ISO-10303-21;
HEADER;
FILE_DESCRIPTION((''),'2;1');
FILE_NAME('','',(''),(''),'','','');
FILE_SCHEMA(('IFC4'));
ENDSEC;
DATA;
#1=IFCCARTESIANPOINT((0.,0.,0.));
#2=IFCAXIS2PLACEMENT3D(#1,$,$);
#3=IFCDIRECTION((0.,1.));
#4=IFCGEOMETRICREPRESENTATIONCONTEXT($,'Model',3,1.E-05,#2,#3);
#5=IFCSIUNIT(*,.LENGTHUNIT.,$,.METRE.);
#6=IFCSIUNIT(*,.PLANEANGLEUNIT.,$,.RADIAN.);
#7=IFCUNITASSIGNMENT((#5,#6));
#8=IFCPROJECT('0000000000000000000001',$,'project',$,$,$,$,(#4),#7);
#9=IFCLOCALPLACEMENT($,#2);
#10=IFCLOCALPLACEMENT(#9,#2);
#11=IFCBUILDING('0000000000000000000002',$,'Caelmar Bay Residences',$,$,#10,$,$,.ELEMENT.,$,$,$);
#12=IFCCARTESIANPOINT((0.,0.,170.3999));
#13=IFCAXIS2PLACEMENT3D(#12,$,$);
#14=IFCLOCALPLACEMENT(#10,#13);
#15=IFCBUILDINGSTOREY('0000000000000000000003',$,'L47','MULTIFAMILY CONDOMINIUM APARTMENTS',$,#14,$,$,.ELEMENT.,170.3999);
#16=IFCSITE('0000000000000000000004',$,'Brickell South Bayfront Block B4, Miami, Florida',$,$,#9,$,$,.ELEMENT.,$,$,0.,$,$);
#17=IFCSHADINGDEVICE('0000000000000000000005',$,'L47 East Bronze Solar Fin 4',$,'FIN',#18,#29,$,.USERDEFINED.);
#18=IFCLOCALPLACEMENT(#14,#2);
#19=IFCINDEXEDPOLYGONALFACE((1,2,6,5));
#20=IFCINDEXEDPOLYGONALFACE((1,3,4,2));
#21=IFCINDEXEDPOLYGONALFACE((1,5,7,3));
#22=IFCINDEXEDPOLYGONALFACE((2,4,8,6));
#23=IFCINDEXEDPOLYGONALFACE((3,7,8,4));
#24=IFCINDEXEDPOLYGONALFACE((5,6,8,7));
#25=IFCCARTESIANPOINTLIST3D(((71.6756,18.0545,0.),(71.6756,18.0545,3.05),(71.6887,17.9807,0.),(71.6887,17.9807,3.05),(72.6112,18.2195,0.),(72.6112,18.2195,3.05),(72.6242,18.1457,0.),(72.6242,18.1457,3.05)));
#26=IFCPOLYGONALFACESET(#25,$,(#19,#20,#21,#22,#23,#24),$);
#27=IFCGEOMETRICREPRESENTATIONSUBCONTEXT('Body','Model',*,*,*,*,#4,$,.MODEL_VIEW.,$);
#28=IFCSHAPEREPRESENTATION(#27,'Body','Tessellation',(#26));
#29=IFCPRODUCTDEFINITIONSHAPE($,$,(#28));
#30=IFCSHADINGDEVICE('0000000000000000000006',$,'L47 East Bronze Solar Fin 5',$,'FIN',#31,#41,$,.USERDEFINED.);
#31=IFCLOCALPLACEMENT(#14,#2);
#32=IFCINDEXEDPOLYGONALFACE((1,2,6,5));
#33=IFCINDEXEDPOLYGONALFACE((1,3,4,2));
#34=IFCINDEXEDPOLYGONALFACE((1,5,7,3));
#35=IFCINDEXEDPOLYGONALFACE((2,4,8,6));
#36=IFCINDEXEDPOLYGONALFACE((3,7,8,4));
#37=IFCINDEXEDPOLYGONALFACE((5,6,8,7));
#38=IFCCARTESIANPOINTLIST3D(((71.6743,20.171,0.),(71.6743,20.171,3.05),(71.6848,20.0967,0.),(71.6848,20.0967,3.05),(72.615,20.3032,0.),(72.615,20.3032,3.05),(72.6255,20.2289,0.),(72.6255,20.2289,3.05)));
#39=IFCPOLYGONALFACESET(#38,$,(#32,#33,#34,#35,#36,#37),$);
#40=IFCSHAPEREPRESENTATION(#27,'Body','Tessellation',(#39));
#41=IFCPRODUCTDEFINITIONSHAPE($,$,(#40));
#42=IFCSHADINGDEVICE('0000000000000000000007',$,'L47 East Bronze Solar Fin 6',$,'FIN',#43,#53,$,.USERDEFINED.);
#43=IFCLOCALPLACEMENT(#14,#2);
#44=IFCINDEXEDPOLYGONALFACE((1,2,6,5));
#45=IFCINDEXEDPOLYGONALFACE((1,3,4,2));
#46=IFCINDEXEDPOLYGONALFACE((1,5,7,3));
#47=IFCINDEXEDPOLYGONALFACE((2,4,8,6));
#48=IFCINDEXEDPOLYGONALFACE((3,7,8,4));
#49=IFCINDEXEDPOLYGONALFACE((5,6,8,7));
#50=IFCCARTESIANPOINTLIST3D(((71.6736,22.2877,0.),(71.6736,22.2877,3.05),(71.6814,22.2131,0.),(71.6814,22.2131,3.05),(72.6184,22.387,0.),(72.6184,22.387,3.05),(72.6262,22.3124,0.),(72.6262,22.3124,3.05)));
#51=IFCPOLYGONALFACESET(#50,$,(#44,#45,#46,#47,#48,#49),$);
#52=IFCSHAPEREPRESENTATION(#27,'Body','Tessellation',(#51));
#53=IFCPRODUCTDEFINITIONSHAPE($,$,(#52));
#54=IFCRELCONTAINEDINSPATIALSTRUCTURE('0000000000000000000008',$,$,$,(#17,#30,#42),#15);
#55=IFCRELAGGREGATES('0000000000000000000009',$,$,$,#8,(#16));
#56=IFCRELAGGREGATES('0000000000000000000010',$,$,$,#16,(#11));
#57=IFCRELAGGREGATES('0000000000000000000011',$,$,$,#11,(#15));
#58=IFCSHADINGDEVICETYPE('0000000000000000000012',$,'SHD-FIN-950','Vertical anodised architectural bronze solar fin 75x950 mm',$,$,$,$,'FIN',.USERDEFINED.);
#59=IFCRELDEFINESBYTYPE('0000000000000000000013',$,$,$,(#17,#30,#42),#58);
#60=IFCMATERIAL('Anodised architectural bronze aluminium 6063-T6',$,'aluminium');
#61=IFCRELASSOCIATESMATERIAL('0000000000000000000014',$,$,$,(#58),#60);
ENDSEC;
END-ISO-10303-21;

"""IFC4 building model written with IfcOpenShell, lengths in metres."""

from ifc_helpers import new_model, si_unit, direction, frame, origin, origin_2d, place, context, subcontext, project, spatial, rectangle, extrude, material, material_profile, profile_set, type_object, element, save


model = new_model("IFC4")

# Units and contexts
model_context = context("Model", 3, precision=1e-05, world=origin(), true_north=direction((0.0, 1.0)))
body_context = subcontext(model_context, "Body", "Model", "MODEL_VIEW")
ifc_project = project(units=[si_unit("LENGTHUNIT", "METRE"), si_unit("PLANEANGLEUNIT", "RADIAN")], contexts=[model_context])

# Site, building, storey
site_placement = place(None, origin())
site = spatial("IfcSite", under=ifc_project, at=site_placement, Name="Brickell South Bayfront Block B4, Miami, Florida", CompositionType="ELEMENT", RefElevation=0.0)
building_placement = place(site_placement, origin())
building = spatial("IfcBuilding", under=site, at=building_placement, Name="Caelmar Bay Residences", CompositionType="ELEMENT")
storey_placement = place(building_placement, frame((0.0, 0.0, 170.3999)))
storey = spatial("IfcBuildingStorey", under=building, at=storey_placement, Name="L47", Description="MULTIFAMILY CONDOMINIUM APARTMENTS", CompositionType="ELEMENT", Elevation=170.3999)

# Shading devices
ifc_material_1 = material(Name="Anodised architectural bronze aluminium 6063-T6", Category="aluminium")
ifc_material_profile_1 = material_profile(ifc_material_1, rectangle(XDim=0.075, YDim=0.95, at=origin_2d()), Name="BRONZE-FIN-75X950")
ifc_profile_set_1 = profile_set([ifc_material_profile_1], Name="Anodised architectural bronze aluminium 6063-T6")
shading_device_type = type_object("IfcShadingDeviceType", Name="SHD-FIN-950", Description="Vertical anodised architectural bronze solar fin 75x950 mm", ElementType="FIN", PredefinedType="USERDEFINED", material=ifc_profile_set_1)
for number, where, z_axis, x_axis, name in (
    (1, (72.1499, 18.1001, 0.0), (0.0, 0.0, 1.0), (-0.173648, 0.984808, 0.0), "L47 East Bronze Solar Fin 4"),
    (2, (72.1499, 20.2, 0.0), (0.0, 0.0, 1.0), (-0.139173, 0.990268, 0.0), "L47 East Bronze Solar Fin 5"),
    (3, (72.1499, 22.3, 0.0), (0.0, 0.0, 1.0), (-0.104528, 0.994522, 0.0), "L47 East Bronze Solar Fin 6"),
):
    element("IfcShadingDevice", number, at=place(storey_placement, frame(where, z_axis=z_axis, x_axis=x_axis)), inside=storey, type_object=shading_device_type, Name=name, ObjectType="FIN", PredefinedType="USERDEFINED", context=body_context, shape_type="SweptSolid", body=[
        extrude(rectangle(XDim=0.075, YDim=0.95, at=origin_2d()), origin(), (0.0, 0.0, 1.0), 3.05),
    ])

save(model, "model.ifc")
